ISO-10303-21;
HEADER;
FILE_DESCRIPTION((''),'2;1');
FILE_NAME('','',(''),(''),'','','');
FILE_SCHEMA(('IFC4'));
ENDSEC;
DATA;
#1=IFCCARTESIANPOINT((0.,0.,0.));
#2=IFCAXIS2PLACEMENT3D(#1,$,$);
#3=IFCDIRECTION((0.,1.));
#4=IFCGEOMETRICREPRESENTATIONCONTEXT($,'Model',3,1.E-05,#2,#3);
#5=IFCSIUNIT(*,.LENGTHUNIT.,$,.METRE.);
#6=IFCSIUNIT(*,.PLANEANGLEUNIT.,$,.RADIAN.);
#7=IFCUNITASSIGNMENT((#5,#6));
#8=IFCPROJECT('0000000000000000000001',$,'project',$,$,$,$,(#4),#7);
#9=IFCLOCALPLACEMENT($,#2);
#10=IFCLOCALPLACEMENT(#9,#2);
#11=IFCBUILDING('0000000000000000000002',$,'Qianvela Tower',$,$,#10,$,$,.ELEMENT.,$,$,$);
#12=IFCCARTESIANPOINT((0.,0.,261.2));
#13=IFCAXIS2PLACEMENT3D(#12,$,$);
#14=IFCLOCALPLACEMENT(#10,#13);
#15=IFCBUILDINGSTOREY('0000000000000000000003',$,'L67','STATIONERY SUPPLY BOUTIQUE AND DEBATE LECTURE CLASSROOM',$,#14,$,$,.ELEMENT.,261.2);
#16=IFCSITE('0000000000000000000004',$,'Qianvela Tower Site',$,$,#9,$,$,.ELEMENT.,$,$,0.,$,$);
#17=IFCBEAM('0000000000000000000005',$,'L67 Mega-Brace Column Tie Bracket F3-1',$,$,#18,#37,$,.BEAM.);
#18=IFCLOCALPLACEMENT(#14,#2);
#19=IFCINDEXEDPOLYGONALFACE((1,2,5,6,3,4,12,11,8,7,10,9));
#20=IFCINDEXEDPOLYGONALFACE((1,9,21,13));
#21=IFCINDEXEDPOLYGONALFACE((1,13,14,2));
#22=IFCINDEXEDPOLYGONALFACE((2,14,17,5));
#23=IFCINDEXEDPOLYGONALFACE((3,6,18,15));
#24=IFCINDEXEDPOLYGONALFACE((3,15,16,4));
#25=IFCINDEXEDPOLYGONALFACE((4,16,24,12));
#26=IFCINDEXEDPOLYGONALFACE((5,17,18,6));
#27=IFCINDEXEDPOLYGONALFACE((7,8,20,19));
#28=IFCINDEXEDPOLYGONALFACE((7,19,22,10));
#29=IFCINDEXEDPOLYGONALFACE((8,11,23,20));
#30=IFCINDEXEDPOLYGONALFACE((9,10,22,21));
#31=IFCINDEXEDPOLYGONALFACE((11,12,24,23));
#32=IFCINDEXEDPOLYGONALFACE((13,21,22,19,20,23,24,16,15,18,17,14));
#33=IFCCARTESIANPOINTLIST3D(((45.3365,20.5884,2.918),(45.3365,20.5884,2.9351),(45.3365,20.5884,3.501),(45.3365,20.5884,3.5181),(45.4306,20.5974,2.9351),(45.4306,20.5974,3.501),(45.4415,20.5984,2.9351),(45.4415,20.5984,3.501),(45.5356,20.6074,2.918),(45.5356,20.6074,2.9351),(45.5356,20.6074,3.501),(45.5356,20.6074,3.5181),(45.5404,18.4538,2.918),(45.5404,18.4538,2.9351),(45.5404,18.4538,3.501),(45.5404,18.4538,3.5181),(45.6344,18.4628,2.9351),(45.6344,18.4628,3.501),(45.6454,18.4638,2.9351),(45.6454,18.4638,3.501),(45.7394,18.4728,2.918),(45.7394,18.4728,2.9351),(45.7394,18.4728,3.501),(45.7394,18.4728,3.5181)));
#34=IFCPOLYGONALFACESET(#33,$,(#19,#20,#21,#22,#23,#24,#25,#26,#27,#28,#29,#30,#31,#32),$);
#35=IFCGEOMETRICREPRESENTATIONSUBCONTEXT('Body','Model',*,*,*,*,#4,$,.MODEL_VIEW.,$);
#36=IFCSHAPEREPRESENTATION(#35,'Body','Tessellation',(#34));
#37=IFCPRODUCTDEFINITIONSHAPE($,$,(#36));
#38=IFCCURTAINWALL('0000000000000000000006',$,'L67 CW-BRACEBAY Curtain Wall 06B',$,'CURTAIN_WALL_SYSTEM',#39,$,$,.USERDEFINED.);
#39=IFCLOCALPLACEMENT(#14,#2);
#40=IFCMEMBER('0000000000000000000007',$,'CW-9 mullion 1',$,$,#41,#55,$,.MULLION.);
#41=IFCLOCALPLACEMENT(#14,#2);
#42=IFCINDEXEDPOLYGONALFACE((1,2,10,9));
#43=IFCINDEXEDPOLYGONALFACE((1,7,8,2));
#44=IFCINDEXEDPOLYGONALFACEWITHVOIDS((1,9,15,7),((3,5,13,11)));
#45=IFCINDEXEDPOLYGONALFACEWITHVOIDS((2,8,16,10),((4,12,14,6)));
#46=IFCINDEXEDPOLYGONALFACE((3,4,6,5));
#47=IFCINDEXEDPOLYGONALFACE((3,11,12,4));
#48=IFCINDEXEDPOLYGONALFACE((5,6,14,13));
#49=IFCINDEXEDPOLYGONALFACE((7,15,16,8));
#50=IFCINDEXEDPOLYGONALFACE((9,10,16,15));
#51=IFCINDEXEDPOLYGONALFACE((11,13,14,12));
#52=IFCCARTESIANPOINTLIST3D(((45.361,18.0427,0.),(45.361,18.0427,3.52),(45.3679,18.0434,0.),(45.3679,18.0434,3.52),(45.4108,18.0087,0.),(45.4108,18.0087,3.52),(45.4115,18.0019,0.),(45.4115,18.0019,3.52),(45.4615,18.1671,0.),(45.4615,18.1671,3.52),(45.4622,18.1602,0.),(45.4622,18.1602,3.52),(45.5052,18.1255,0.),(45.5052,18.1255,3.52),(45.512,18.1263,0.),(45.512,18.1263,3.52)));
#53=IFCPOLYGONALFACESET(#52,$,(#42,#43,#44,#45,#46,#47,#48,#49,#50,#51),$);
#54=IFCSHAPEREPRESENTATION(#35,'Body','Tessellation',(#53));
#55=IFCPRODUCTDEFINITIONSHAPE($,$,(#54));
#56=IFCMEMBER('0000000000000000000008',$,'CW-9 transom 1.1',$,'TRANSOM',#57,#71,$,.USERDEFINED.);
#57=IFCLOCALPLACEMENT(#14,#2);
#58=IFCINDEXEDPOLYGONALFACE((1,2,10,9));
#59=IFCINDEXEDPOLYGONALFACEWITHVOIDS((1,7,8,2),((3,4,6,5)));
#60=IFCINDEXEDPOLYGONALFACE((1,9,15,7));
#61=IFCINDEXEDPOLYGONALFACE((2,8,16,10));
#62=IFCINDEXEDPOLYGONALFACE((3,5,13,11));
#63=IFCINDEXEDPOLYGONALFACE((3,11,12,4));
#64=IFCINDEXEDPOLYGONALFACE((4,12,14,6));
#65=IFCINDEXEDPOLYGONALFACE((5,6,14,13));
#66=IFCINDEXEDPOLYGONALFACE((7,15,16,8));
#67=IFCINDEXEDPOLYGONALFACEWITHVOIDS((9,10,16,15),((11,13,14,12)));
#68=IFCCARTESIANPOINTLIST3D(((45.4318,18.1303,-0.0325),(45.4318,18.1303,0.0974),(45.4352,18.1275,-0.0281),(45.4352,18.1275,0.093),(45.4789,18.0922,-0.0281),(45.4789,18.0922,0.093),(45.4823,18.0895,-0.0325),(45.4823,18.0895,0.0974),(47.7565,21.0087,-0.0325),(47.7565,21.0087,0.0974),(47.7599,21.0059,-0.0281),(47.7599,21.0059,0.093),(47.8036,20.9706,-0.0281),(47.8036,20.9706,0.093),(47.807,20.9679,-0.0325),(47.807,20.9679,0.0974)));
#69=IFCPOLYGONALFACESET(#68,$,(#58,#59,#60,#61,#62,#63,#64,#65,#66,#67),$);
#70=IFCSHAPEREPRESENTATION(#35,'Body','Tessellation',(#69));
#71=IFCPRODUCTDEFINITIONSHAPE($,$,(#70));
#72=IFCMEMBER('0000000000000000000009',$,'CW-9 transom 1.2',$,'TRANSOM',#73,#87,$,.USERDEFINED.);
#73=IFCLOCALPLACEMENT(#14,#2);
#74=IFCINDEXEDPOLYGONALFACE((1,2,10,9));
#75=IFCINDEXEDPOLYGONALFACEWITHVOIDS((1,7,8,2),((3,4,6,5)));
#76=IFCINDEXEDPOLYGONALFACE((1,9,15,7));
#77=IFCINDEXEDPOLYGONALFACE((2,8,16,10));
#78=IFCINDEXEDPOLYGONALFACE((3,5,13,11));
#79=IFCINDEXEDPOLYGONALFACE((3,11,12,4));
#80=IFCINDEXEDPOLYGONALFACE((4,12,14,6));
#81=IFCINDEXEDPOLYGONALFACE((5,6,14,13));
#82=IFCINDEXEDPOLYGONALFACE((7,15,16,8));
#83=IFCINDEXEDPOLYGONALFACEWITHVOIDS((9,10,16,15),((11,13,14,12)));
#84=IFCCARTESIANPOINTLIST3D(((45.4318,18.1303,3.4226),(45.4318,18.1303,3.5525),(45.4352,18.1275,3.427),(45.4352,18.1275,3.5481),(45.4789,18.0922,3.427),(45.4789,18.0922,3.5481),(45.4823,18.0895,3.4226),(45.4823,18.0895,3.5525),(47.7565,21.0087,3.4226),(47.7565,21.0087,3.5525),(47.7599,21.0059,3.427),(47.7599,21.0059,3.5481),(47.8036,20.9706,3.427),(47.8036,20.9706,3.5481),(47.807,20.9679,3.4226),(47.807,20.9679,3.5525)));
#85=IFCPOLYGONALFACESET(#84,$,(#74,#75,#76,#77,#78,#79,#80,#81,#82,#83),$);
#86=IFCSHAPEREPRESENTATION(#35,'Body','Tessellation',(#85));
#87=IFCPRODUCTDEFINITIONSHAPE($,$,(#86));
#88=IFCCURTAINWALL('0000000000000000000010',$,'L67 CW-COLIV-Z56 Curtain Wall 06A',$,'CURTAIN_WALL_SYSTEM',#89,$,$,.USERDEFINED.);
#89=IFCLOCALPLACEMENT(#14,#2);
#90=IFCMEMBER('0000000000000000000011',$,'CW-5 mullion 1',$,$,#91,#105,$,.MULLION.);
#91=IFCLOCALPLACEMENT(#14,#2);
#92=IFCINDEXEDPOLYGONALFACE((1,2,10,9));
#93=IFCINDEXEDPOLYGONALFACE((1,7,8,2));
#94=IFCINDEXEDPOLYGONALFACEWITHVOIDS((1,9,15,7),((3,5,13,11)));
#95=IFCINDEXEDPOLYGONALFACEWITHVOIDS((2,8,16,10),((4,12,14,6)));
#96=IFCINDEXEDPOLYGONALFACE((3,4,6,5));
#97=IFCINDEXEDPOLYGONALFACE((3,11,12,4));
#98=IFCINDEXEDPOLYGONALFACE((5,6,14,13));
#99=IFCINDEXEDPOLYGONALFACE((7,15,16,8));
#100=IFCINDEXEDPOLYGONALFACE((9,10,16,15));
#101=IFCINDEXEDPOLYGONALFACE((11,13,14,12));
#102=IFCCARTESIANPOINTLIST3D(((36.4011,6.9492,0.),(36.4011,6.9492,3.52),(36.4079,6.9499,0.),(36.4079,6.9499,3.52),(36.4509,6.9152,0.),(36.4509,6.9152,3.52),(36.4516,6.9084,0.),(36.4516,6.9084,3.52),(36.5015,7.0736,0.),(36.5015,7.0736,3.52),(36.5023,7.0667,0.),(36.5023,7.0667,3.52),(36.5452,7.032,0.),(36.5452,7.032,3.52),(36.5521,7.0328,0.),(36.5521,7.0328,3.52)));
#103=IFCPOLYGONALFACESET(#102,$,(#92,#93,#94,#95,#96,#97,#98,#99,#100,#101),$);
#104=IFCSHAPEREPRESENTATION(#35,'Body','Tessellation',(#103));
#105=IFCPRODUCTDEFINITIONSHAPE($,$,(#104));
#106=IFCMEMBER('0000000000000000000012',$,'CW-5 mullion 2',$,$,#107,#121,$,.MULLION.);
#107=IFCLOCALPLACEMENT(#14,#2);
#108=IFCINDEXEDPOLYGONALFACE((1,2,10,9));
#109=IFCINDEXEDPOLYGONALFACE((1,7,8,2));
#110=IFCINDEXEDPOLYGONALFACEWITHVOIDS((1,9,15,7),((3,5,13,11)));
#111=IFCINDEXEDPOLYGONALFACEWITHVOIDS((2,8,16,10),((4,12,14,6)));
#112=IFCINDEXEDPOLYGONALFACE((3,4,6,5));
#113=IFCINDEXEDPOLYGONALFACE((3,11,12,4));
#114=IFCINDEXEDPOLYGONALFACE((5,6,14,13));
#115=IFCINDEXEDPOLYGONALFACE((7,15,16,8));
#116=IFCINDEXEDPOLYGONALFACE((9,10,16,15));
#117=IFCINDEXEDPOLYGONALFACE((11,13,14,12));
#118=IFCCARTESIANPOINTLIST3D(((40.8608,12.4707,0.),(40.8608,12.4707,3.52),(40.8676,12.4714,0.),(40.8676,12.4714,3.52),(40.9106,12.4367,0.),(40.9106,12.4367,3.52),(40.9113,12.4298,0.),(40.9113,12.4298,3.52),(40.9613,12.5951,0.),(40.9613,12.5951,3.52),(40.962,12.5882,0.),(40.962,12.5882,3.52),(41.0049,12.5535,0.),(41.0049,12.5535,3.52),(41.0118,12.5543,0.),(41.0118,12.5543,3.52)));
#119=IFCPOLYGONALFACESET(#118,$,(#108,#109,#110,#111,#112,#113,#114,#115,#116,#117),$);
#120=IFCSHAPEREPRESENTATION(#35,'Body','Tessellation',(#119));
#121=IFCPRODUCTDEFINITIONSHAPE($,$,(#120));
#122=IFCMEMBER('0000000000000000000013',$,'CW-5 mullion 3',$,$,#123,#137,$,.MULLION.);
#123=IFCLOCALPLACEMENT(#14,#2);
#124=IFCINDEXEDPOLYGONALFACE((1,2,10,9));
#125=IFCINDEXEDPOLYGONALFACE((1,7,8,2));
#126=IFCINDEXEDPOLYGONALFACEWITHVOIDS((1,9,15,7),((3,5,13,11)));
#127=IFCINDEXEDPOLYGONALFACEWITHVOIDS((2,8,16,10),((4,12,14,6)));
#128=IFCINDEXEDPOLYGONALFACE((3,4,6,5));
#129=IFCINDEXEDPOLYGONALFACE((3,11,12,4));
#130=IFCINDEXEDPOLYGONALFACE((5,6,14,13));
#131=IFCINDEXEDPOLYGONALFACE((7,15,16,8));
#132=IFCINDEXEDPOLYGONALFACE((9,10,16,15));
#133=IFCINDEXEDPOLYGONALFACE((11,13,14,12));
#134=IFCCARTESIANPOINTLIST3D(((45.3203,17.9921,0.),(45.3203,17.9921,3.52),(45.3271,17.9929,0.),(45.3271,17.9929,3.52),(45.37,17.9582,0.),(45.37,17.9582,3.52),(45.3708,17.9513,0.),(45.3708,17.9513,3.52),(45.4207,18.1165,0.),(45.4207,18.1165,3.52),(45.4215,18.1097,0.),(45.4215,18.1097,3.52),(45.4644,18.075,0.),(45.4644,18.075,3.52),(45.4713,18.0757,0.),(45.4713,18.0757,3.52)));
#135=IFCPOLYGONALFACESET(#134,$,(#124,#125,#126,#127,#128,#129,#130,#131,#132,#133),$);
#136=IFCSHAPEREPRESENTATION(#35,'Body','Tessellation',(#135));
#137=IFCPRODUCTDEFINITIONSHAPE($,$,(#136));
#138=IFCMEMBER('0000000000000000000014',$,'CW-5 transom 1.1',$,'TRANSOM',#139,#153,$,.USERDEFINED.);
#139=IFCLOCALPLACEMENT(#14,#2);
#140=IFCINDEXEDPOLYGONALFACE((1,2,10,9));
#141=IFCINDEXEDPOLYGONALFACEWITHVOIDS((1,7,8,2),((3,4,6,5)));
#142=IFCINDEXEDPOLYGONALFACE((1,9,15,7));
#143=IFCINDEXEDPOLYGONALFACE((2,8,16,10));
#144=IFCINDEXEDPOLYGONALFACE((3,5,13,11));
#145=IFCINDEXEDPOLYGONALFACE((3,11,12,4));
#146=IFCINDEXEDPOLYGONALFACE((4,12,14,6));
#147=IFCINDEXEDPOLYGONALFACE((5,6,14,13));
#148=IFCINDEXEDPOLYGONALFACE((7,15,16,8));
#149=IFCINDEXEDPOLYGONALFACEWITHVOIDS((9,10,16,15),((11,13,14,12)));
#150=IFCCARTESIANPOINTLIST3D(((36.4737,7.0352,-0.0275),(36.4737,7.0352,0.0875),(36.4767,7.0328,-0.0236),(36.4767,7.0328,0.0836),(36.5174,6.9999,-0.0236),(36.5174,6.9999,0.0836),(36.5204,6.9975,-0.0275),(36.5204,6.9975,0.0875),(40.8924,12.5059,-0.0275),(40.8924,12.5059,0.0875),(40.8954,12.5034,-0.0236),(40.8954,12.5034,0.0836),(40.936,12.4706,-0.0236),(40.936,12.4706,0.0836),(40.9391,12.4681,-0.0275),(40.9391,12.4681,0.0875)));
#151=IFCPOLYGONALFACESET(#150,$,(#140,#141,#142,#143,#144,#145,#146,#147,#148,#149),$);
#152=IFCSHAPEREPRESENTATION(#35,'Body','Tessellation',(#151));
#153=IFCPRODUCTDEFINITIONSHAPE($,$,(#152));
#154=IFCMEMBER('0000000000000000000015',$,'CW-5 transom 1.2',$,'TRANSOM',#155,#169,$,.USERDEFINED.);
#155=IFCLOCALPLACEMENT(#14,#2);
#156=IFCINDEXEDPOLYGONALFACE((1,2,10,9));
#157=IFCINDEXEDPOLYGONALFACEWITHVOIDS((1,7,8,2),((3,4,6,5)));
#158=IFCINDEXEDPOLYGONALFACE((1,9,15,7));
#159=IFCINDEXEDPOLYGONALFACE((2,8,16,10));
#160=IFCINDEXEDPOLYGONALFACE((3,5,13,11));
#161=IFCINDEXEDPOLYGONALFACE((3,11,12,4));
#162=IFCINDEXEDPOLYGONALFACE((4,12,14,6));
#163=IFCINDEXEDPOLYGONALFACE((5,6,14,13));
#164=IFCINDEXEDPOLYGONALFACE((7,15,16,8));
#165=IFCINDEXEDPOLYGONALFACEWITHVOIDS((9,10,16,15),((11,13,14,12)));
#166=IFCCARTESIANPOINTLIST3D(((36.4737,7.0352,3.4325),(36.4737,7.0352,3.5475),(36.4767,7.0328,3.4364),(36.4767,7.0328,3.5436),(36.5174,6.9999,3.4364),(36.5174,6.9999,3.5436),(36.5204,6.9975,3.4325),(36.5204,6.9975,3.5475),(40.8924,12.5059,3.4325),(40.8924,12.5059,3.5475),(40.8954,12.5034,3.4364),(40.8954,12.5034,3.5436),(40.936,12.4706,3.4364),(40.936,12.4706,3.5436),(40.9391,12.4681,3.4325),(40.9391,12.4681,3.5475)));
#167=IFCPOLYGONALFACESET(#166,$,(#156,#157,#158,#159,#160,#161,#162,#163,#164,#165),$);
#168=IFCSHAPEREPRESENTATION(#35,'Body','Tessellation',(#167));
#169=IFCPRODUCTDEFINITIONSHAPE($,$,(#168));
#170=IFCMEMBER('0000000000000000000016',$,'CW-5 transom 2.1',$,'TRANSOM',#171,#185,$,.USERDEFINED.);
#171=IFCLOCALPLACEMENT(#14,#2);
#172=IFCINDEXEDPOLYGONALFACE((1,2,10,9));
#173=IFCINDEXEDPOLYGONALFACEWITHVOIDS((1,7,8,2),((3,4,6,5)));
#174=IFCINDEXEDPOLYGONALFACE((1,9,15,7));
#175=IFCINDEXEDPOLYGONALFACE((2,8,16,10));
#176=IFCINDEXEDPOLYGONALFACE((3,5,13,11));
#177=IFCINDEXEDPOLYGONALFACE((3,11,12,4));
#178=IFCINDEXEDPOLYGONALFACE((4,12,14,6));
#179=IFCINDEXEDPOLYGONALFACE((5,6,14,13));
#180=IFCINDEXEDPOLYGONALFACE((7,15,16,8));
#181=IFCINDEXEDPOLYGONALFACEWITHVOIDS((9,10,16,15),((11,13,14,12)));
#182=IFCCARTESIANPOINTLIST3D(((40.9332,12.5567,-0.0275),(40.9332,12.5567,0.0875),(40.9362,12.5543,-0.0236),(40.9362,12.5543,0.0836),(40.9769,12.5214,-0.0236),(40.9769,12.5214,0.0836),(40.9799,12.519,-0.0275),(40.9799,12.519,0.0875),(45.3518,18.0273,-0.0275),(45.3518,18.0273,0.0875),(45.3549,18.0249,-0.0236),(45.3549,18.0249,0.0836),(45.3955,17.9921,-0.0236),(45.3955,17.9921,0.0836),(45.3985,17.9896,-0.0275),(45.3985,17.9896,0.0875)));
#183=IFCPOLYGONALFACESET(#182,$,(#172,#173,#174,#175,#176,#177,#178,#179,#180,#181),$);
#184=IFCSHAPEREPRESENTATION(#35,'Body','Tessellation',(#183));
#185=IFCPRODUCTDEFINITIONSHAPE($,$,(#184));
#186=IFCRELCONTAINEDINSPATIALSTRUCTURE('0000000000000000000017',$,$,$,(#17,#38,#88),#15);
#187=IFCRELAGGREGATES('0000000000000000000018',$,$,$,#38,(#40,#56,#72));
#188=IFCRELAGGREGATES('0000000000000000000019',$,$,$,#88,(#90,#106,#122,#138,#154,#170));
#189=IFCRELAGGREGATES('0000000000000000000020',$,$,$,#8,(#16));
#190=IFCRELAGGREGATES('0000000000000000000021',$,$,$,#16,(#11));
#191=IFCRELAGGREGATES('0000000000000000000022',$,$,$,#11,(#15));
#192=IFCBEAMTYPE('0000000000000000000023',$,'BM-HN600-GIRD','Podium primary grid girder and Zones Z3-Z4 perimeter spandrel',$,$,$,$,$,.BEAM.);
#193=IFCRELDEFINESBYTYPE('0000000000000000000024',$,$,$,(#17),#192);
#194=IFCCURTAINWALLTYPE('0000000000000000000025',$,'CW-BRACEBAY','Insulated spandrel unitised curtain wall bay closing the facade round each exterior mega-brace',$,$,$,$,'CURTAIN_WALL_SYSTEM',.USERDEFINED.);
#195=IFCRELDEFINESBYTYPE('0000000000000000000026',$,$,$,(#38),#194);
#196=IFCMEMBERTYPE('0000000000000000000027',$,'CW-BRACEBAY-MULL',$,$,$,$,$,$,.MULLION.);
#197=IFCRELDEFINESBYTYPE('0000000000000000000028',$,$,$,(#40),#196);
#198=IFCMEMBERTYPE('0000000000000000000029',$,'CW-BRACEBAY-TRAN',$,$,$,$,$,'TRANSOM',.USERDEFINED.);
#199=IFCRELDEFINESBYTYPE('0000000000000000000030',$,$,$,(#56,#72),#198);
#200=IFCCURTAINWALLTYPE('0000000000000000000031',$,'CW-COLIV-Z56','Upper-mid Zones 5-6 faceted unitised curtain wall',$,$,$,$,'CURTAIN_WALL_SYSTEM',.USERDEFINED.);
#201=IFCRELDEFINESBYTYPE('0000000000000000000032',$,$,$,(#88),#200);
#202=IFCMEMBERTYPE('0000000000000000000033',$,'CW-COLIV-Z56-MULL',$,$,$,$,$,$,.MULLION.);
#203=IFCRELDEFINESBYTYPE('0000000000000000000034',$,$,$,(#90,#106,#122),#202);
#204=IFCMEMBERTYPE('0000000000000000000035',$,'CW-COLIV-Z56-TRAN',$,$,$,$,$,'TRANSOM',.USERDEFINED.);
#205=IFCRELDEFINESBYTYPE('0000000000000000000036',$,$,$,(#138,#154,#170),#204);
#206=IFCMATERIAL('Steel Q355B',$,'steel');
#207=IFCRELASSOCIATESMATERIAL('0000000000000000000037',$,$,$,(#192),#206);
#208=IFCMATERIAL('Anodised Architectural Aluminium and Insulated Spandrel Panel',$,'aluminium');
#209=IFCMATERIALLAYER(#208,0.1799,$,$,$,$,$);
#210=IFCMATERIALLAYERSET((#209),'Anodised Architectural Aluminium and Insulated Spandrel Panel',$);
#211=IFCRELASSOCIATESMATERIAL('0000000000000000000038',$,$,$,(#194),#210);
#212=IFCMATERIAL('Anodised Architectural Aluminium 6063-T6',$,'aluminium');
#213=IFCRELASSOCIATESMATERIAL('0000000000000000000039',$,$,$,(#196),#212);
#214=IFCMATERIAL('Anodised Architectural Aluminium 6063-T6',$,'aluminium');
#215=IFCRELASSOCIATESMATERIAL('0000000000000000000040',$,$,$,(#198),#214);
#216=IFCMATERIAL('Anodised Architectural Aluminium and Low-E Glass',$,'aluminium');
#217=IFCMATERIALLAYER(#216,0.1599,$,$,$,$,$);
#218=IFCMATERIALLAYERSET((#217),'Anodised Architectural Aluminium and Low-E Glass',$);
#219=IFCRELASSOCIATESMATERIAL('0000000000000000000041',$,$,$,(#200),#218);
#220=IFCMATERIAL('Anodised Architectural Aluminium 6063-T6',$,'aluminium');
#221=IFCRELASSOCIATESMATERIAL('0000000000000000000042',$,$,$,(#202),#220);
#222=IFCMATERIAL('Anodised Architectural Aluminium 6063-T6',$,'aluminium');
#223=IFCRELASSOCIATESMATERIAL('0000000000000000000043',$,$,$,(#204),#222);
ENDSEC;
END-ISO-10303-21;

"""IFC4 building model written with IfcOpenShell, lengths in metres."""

from ifc_helpers import new_model, si_unit, direction, frame, origin, origin_2d, place, context, subcontext, project, spatial, hollow_rectangle, i_section, extrude, material, layer, layer_set, material_profile, profile_set, type_object, element, aggregate, save


model = new_model("IFC4")

# Units and contexts
model_context = context("Model", 3, precision=1e-05, world=origin(), true_north=direction((0.0, 1.0)))
body_context = subcontext(model_context, "Body", "Model", "MODEL_VIEW")
ifc_project = project(units=[si_unit("LENGTHUNIT", "METRE"), si_unit("PLANEANGLEUNIT", "RADIAN")], contexts=[model_context])

# Site, building, storey
site_placement = place(None, origin())
site = spatial("IfcSite", under=ifc_project, at=site_placement, Name="Qianvela Tower Site", CompositionType="ELEMENT", RefElevation=0.0)
building_placement = place(site_placement, origin())
building = spatial("IfcBuilding", under=site, at=building_placement, Name="Qianvela Tower", CompositionType="ELEMENT")
storey_placement = place(building_placement, frame((0.0, 0.0, 261.2)))
storey = spatial("IfcBuildingStorey", under=building, at=storey_placement, Name="L67", Description="STATIONERY SUPPLY BOUTIQUE AND DEBATE LECTURE CLASSROOM", CompositionType="ELEMENT", Elevation=261.2)

# Beam
ifc_material_1 = material(Name="Steel Q355B", Category="steel")
ifc_material_profile_1 = material_profile(ifc_material_1, i_section(OverallWidth=0.2, OverallDepth=0.6001, WebThickness=0.011, FlangeThickness=0.0171, at=origin_2d()), Name="HN600x200x11x17")
ifc_profile_set_1 = profile_set([ifc_material_profile_1], Name="Steel Q355B")
beam_type_1 = type_object("IfcBeamType", Name="BM-HN600-GIRD", Description="Podium primary grid girder and Zones Z3-Z4 perimeter spandrel", PredefinedType="BEAM", material=ifc_profile_set_1)
beam_1_placement = place(storey_placement, frame((45.436, 20.5979, 3.218), z_axis=(0.095072, -0.99547, 0.0), x_axis=(0.99547, 0.095072, 0.0)))
element("IfcBeam", 1, at=beam_1_placement, inside=storey, type_object=beam_type_1, Name="L67 Mega-Brace Column Tie Bracket F3-1", PredefinedType="BEAM", context=body_context, shape_type="SweptSolid", body=[
    extrude(i_section(OverallWidth=0.2, OverallDepth=0.6001, WebThickness=0.011, FlangeThickness=0.0171, at=origin_2d()), origin(), (0.0, 0.0, 1.0), 2.1443),
])

# Curtain walls, members
ifc_material_2 = material(Name="Anodised Architectural Aluminium and Insulated Spandrel Panel", Category="aluminium")
ifc_layer_1 = layer(ifc_material_2, 0.1799)
ifc_layer_set_1 = layer_set([ifc_layer_1], Name="Anodised Architectural Aluminium and Insulated Spandrel Panel")
curtain_wall_type_1 = type_object("IfcCurtainWallType", Name="CW-BRACEBAY", Description="Insulated spandrel unitised curtain wall bay closing the facade round each exterior mega-brace", ElementType="CURTAIN_WALL_SYSTEM", PredefinedType="USERDEFINED", material=ifc_layer_set_1)
curtain_wall_1_placement = place(storey_placement, origin())
curtain_wall_1 = element("IfcCurtainWall", 2, at=curtain_wall_1_placement, inside=storey, type_object=curtain_wall_type_1, Name="L67 CW-BRACEBAY Curtain Wall 06B", ObjectType="CURTAIN_WALL_SYSTEM", PredefinedType="USERDEFINED")
ifc_material_3 = material(Name="Anodised Architectural Aluminium 6063-T6", Category="aluminium")
ifc_material_profile_2 = material_profile(ifc_material_3, hollow_rectangle(XDim=0.0649, YDim=0.1599, WallThickness=0.0049, at=origin_2d()), Name="ALU-MULL-65x160")
ifc_profile_set_2 = profile_set([ifc_material_profile_2], Name="Anodised Architectural Aluminium 6063-T6")
member_type_1 = type_object("IfcMemberType", Name="CW-BRACEBAY-MULL", PredefinedType="MULLION", material=ifc_profile_set_2)
member_1_placement = place(storey_placement, frame((45.4365, 18.0845, 0.0), z_axis=(0.0, 0.0, 1.0), x_axis=(-0.777954, 0.628321, 0.0)))
member_1 = element("IfcMember", 3, at=member_1_placement, type_object=member_type_1, Name="CW-9 mullion 1", PredefinedType="MULLION", context=body_context, shape_type="SweptSolid", body=[
    extrude(hollow_rectangle(XDim=0.0649, YDim=0.1599, WallThickness=0.0049, at=origin_2d()), origin(), (0.0, 0.0, 1.0), 3.52),
])
ifc_material_4 = material(Name="Anodised Architectural Aluminium 6063-T6", Category="aluminium")
ifc_material_profile_3 = material_profile(ifc_material_4, hollow_rectangle(XDim=0.0649, YDim=0.1299, WallThickness=0.0044, at=origin_2d()), Name="ALU-TRAN-65x130")
ifc_profile_set_3 = profile_set([ifc_material_profile_3], Name="Anodised Architectural Aluminium 6063-T6")
member_type_2 = type_object("IfcMemberType", Name="CW-BRACEBAY-TRAN", ElementType="TRANSOM", PredefinedType="USERDEFINED", material=ifc_profile_set_3)
member_2_placement = place(storey_placement, frame((45.457, 18.1099, 0.0325), z_axis=(0.628309, 0.777964, 0.0), x_axis=(-0.777964, 0.628309, 0.0)))
member_2 = element("IfcMember", 4, at=member_2_placement, type_object=member_type_2, Name="CW-9 transom 1.1", ObjectType="TRANSOM", PredefinedType="USERDEFINED", context=body_context, shape_type="SweptSolid", body=[
    extrude(hollow_rectangle(XDim=0.0649, YDim=0.1299, WallThickness=0.0044, at=origin_2d()), origin(), (0.0, 0.0, 1.0), 3.7),
])
member_3_placement = place(storey_placement, frame((45.457, 18.1099, 3.4875), z_axis=(0.628309, 0.777964, 0.0), x_axis=(-0.777964, 0.628309, 0.0)))
member_3 = element("IfcMember", 5, at=member_3_placement, type_object=member_type_2, Name="CW-9 transom 1.2", ObjectType="TRANSOM", PredefinedType="USERDEFINED", context=body_context, shape_type="SweptSolid", body=[
    extrude(hollow_rectangle(XDim=0.0649, YDim=0.1299, WallThickness=0.0044, at=origin_2d()), origin(), (0.0, 0.0, 1.0), 3.7),
])
ifc_material_5 = material(Name="Anodised Architectural Aluminium and Low-E Glass", Category="aluminium")
ifc_layer_2 = layer(ifc_material_5, 0.1599)
ifc_layer_set_2 = layer_set([ifc_layer_2], Name="Anodised Architectural Aluminium and Low-E Glass")
curtain_wall_type_2 = type_object("IfcCurtainWallType", Name="CW-COLIV-Z56", Description="Upper-mid Zones 5-6 faceted unitised curtain wall", ElementType="CURTAIN_WALL_SYSTEM", PredefinedType="USERDEFINED", material=ifc_layer_set_2)
curtain_wall_2_placement = place(storey_placement, origin())
curtain_wall_2 = element("IfcCurtainWall", 6, at=curtain_wall_2_placement, inside=storey, type_object=curtain_wall_type_2, Name="L67 CW-COLIV-Z56 Curtain Wall 06A", ObjectType="CURTAIN_WALL_SYSTEM", PredefinedType="USERDEFINED")
ifc_material_6 = material(Name="Anodised Architectural Aluminium 6063-T6", Category="aluminium")
ifc_material_profile_4 = material_profile(ifc_material_6, hollow_rectangle(XDim=0.0649, YDim=0.1599, WallThickness=0.0049, at=origin_2d()), Name="ALU-MULL-65x160")
ifc_profile_set_4 = profile_set([ifc_material_profile_4], Name="Anodised Architectural Aluminium 6063-T6")
member_type_3 = type_object("IfcMemberType", Name="CW-COLIV-Z56-MULL", PredefinedType="MULLION", material=ifc_profile_set_4)
member_4_placement = place(storey_placement, frame((36.4766, 6.991, 0.0), z_axis=(0.0, 0.0, 1.0), x_axis=(-0.777946, 0.628331, 0.0)))
member_4 = element("IfcMember", 7, at=member_4_placement, type_object=member_type_3, Name="CW-5 mullion 1", PredefinedType="MULLION", context=body_context, shape_type="SweptSolid", body=[
    extrude(hollow_rectangle(XDim=0.0649, YDim=0.1599, WallThickness=0.0049, at=origin_2d()), origin(), (0.0, 0.0, 1.0), 3.52),
])
member_5_placement = place(storey_placement, frame((40.9363, 12.5125, 0.0), z_axis=(0.0, 0.0, 1.0), x_axis=(-0.777946, 0.628331, 0.0)))
member_5 = element("IfcMember", 8, at=member_5_placement, type_object=member_type_3, Name="CW-5 mullion 2", PredefinedType="MULLION", context=body_context, shape_type="SweptSolid", body=[
    extrude(hollow_rectangle(XDim=0.0649, YDim=0.1599, WallThickness=0.0049, at=origin_2d()), origin(), (0.0, 0.0, 1.0), 3.52),
])
member_6_placement = place(storey_placement, frame((45.3958, 18.0339, 0.0), z_axis=(0.0, 0.0, 1.0), x_axis=(-0.777946, 0.628331, 0.0)))
member_6 = element("IfcMember", 9, at=member_6_placement, type_object=member_type_3, Name="CW-5 mullion 3", PredefinedType="MULLION", context=body_context, shape_type="SweptSolid", body=[
    extrude(hollow_rectangle(XDim=0.0649, YDim=0.1599, WallThickness=0.0049, at=origin_2d()), origin(), (0.0, 0.0, 1.0), 3.52),
])
ifc_material_7 = material(Name="Anodised Architectural Aluminium 6063-T6", Category="aluminium")
ifc_material_profile_5 = material_profile(ifc_material_7, hollow_rectangle(XDim=0.0601, YDim=0.115, WallThickness=0.0039, at=origin_2d()), Name="ALU-TRAN-60x115")
ifc_profile_set_5 = profile_set([ifc_material_profile_5], Name="Anodised Architectural Aluminium 6063-T6")
member_type_4 = type_object("IfcMemberType", Name="CW-COLIV-Z56-TRAN", ElementType="TRANSOM", PredefinedType="USERDEFINED", material=ifc_profile_set_5)
member_7_placement = place(storey_placement, frame((36.4971, 7.0164, 0.03), z_axis=(0.628342, 0.777937, 0.0), x_axis=(-0.777937, 0.628342, 0.0)))
member_7 = element("IfcMember", 10, at=member_7_placement, type_object=member_type_4, Name="CW-5 transom 1.1", ObjectType="TRANSOM", PredefinedType="USERDEFINED", context=body_context, shape_type="SweptSolid", body=[
    extrude(hollow_rectangle(XDim=0.0601, YDim=0.115, WallThickness=0.0039, at=origin_2d()), origin(), (0.0, 0.0, 1.0), 7.0322),
])
member_8_placement = place(storey_placement, frame((36.4971, 7.0164, 3.49), z_axis=(0.628342, 0.777937, 0.0), x_axis=(-0.777937, 0.628342, 0.0)))
member_8 = element("IfcMember", 11, at=member_8_placement, type_object=member_type_4, Name="CW-5 transom 1.2", ObjectType="TRANSOM", PredefinedType="USERDEFINED", context=body_context, shape_type="SweptSolid", body=[
    extrude(hollow_rectangle(XDim=0.0601, YDim=0.115, WallThickness=0.0039, at=origin_2d()), origin(), (0.0, 0.0, 1.0), 7.0322),
])
member_9_placement = place(storey_placement, frame((40.9565, 12.5378, 0.03), z_axis=(0.628342, 0.777937, 0.0), x_axis=(-0.777937, 0.628342, 0.0)))
member_9 = element("IfcMember", 12, at=member_9_placement, type_object=member_type_4, Name="CW-5 transom 2.1", ObjectType="TRANSOM", PredefinedType="USERDEFINED", context=body_context, shape_type="SweptSolid", body=[
    extrude(hollow_rectangle(XDim=0.0601, YDim=0.115, WallThickness=0.0039, at=origin_2d()), origin(), (0.0, 0.0, 1.0), 7.0322),
])

aggregate(curtain_wall_1, [member_1, member_2, member_3])
aggregate(curtain_wall_2, [member_4, member_5, member_6, member_7, member_8, member_9])

save(model, "model.ifc")
